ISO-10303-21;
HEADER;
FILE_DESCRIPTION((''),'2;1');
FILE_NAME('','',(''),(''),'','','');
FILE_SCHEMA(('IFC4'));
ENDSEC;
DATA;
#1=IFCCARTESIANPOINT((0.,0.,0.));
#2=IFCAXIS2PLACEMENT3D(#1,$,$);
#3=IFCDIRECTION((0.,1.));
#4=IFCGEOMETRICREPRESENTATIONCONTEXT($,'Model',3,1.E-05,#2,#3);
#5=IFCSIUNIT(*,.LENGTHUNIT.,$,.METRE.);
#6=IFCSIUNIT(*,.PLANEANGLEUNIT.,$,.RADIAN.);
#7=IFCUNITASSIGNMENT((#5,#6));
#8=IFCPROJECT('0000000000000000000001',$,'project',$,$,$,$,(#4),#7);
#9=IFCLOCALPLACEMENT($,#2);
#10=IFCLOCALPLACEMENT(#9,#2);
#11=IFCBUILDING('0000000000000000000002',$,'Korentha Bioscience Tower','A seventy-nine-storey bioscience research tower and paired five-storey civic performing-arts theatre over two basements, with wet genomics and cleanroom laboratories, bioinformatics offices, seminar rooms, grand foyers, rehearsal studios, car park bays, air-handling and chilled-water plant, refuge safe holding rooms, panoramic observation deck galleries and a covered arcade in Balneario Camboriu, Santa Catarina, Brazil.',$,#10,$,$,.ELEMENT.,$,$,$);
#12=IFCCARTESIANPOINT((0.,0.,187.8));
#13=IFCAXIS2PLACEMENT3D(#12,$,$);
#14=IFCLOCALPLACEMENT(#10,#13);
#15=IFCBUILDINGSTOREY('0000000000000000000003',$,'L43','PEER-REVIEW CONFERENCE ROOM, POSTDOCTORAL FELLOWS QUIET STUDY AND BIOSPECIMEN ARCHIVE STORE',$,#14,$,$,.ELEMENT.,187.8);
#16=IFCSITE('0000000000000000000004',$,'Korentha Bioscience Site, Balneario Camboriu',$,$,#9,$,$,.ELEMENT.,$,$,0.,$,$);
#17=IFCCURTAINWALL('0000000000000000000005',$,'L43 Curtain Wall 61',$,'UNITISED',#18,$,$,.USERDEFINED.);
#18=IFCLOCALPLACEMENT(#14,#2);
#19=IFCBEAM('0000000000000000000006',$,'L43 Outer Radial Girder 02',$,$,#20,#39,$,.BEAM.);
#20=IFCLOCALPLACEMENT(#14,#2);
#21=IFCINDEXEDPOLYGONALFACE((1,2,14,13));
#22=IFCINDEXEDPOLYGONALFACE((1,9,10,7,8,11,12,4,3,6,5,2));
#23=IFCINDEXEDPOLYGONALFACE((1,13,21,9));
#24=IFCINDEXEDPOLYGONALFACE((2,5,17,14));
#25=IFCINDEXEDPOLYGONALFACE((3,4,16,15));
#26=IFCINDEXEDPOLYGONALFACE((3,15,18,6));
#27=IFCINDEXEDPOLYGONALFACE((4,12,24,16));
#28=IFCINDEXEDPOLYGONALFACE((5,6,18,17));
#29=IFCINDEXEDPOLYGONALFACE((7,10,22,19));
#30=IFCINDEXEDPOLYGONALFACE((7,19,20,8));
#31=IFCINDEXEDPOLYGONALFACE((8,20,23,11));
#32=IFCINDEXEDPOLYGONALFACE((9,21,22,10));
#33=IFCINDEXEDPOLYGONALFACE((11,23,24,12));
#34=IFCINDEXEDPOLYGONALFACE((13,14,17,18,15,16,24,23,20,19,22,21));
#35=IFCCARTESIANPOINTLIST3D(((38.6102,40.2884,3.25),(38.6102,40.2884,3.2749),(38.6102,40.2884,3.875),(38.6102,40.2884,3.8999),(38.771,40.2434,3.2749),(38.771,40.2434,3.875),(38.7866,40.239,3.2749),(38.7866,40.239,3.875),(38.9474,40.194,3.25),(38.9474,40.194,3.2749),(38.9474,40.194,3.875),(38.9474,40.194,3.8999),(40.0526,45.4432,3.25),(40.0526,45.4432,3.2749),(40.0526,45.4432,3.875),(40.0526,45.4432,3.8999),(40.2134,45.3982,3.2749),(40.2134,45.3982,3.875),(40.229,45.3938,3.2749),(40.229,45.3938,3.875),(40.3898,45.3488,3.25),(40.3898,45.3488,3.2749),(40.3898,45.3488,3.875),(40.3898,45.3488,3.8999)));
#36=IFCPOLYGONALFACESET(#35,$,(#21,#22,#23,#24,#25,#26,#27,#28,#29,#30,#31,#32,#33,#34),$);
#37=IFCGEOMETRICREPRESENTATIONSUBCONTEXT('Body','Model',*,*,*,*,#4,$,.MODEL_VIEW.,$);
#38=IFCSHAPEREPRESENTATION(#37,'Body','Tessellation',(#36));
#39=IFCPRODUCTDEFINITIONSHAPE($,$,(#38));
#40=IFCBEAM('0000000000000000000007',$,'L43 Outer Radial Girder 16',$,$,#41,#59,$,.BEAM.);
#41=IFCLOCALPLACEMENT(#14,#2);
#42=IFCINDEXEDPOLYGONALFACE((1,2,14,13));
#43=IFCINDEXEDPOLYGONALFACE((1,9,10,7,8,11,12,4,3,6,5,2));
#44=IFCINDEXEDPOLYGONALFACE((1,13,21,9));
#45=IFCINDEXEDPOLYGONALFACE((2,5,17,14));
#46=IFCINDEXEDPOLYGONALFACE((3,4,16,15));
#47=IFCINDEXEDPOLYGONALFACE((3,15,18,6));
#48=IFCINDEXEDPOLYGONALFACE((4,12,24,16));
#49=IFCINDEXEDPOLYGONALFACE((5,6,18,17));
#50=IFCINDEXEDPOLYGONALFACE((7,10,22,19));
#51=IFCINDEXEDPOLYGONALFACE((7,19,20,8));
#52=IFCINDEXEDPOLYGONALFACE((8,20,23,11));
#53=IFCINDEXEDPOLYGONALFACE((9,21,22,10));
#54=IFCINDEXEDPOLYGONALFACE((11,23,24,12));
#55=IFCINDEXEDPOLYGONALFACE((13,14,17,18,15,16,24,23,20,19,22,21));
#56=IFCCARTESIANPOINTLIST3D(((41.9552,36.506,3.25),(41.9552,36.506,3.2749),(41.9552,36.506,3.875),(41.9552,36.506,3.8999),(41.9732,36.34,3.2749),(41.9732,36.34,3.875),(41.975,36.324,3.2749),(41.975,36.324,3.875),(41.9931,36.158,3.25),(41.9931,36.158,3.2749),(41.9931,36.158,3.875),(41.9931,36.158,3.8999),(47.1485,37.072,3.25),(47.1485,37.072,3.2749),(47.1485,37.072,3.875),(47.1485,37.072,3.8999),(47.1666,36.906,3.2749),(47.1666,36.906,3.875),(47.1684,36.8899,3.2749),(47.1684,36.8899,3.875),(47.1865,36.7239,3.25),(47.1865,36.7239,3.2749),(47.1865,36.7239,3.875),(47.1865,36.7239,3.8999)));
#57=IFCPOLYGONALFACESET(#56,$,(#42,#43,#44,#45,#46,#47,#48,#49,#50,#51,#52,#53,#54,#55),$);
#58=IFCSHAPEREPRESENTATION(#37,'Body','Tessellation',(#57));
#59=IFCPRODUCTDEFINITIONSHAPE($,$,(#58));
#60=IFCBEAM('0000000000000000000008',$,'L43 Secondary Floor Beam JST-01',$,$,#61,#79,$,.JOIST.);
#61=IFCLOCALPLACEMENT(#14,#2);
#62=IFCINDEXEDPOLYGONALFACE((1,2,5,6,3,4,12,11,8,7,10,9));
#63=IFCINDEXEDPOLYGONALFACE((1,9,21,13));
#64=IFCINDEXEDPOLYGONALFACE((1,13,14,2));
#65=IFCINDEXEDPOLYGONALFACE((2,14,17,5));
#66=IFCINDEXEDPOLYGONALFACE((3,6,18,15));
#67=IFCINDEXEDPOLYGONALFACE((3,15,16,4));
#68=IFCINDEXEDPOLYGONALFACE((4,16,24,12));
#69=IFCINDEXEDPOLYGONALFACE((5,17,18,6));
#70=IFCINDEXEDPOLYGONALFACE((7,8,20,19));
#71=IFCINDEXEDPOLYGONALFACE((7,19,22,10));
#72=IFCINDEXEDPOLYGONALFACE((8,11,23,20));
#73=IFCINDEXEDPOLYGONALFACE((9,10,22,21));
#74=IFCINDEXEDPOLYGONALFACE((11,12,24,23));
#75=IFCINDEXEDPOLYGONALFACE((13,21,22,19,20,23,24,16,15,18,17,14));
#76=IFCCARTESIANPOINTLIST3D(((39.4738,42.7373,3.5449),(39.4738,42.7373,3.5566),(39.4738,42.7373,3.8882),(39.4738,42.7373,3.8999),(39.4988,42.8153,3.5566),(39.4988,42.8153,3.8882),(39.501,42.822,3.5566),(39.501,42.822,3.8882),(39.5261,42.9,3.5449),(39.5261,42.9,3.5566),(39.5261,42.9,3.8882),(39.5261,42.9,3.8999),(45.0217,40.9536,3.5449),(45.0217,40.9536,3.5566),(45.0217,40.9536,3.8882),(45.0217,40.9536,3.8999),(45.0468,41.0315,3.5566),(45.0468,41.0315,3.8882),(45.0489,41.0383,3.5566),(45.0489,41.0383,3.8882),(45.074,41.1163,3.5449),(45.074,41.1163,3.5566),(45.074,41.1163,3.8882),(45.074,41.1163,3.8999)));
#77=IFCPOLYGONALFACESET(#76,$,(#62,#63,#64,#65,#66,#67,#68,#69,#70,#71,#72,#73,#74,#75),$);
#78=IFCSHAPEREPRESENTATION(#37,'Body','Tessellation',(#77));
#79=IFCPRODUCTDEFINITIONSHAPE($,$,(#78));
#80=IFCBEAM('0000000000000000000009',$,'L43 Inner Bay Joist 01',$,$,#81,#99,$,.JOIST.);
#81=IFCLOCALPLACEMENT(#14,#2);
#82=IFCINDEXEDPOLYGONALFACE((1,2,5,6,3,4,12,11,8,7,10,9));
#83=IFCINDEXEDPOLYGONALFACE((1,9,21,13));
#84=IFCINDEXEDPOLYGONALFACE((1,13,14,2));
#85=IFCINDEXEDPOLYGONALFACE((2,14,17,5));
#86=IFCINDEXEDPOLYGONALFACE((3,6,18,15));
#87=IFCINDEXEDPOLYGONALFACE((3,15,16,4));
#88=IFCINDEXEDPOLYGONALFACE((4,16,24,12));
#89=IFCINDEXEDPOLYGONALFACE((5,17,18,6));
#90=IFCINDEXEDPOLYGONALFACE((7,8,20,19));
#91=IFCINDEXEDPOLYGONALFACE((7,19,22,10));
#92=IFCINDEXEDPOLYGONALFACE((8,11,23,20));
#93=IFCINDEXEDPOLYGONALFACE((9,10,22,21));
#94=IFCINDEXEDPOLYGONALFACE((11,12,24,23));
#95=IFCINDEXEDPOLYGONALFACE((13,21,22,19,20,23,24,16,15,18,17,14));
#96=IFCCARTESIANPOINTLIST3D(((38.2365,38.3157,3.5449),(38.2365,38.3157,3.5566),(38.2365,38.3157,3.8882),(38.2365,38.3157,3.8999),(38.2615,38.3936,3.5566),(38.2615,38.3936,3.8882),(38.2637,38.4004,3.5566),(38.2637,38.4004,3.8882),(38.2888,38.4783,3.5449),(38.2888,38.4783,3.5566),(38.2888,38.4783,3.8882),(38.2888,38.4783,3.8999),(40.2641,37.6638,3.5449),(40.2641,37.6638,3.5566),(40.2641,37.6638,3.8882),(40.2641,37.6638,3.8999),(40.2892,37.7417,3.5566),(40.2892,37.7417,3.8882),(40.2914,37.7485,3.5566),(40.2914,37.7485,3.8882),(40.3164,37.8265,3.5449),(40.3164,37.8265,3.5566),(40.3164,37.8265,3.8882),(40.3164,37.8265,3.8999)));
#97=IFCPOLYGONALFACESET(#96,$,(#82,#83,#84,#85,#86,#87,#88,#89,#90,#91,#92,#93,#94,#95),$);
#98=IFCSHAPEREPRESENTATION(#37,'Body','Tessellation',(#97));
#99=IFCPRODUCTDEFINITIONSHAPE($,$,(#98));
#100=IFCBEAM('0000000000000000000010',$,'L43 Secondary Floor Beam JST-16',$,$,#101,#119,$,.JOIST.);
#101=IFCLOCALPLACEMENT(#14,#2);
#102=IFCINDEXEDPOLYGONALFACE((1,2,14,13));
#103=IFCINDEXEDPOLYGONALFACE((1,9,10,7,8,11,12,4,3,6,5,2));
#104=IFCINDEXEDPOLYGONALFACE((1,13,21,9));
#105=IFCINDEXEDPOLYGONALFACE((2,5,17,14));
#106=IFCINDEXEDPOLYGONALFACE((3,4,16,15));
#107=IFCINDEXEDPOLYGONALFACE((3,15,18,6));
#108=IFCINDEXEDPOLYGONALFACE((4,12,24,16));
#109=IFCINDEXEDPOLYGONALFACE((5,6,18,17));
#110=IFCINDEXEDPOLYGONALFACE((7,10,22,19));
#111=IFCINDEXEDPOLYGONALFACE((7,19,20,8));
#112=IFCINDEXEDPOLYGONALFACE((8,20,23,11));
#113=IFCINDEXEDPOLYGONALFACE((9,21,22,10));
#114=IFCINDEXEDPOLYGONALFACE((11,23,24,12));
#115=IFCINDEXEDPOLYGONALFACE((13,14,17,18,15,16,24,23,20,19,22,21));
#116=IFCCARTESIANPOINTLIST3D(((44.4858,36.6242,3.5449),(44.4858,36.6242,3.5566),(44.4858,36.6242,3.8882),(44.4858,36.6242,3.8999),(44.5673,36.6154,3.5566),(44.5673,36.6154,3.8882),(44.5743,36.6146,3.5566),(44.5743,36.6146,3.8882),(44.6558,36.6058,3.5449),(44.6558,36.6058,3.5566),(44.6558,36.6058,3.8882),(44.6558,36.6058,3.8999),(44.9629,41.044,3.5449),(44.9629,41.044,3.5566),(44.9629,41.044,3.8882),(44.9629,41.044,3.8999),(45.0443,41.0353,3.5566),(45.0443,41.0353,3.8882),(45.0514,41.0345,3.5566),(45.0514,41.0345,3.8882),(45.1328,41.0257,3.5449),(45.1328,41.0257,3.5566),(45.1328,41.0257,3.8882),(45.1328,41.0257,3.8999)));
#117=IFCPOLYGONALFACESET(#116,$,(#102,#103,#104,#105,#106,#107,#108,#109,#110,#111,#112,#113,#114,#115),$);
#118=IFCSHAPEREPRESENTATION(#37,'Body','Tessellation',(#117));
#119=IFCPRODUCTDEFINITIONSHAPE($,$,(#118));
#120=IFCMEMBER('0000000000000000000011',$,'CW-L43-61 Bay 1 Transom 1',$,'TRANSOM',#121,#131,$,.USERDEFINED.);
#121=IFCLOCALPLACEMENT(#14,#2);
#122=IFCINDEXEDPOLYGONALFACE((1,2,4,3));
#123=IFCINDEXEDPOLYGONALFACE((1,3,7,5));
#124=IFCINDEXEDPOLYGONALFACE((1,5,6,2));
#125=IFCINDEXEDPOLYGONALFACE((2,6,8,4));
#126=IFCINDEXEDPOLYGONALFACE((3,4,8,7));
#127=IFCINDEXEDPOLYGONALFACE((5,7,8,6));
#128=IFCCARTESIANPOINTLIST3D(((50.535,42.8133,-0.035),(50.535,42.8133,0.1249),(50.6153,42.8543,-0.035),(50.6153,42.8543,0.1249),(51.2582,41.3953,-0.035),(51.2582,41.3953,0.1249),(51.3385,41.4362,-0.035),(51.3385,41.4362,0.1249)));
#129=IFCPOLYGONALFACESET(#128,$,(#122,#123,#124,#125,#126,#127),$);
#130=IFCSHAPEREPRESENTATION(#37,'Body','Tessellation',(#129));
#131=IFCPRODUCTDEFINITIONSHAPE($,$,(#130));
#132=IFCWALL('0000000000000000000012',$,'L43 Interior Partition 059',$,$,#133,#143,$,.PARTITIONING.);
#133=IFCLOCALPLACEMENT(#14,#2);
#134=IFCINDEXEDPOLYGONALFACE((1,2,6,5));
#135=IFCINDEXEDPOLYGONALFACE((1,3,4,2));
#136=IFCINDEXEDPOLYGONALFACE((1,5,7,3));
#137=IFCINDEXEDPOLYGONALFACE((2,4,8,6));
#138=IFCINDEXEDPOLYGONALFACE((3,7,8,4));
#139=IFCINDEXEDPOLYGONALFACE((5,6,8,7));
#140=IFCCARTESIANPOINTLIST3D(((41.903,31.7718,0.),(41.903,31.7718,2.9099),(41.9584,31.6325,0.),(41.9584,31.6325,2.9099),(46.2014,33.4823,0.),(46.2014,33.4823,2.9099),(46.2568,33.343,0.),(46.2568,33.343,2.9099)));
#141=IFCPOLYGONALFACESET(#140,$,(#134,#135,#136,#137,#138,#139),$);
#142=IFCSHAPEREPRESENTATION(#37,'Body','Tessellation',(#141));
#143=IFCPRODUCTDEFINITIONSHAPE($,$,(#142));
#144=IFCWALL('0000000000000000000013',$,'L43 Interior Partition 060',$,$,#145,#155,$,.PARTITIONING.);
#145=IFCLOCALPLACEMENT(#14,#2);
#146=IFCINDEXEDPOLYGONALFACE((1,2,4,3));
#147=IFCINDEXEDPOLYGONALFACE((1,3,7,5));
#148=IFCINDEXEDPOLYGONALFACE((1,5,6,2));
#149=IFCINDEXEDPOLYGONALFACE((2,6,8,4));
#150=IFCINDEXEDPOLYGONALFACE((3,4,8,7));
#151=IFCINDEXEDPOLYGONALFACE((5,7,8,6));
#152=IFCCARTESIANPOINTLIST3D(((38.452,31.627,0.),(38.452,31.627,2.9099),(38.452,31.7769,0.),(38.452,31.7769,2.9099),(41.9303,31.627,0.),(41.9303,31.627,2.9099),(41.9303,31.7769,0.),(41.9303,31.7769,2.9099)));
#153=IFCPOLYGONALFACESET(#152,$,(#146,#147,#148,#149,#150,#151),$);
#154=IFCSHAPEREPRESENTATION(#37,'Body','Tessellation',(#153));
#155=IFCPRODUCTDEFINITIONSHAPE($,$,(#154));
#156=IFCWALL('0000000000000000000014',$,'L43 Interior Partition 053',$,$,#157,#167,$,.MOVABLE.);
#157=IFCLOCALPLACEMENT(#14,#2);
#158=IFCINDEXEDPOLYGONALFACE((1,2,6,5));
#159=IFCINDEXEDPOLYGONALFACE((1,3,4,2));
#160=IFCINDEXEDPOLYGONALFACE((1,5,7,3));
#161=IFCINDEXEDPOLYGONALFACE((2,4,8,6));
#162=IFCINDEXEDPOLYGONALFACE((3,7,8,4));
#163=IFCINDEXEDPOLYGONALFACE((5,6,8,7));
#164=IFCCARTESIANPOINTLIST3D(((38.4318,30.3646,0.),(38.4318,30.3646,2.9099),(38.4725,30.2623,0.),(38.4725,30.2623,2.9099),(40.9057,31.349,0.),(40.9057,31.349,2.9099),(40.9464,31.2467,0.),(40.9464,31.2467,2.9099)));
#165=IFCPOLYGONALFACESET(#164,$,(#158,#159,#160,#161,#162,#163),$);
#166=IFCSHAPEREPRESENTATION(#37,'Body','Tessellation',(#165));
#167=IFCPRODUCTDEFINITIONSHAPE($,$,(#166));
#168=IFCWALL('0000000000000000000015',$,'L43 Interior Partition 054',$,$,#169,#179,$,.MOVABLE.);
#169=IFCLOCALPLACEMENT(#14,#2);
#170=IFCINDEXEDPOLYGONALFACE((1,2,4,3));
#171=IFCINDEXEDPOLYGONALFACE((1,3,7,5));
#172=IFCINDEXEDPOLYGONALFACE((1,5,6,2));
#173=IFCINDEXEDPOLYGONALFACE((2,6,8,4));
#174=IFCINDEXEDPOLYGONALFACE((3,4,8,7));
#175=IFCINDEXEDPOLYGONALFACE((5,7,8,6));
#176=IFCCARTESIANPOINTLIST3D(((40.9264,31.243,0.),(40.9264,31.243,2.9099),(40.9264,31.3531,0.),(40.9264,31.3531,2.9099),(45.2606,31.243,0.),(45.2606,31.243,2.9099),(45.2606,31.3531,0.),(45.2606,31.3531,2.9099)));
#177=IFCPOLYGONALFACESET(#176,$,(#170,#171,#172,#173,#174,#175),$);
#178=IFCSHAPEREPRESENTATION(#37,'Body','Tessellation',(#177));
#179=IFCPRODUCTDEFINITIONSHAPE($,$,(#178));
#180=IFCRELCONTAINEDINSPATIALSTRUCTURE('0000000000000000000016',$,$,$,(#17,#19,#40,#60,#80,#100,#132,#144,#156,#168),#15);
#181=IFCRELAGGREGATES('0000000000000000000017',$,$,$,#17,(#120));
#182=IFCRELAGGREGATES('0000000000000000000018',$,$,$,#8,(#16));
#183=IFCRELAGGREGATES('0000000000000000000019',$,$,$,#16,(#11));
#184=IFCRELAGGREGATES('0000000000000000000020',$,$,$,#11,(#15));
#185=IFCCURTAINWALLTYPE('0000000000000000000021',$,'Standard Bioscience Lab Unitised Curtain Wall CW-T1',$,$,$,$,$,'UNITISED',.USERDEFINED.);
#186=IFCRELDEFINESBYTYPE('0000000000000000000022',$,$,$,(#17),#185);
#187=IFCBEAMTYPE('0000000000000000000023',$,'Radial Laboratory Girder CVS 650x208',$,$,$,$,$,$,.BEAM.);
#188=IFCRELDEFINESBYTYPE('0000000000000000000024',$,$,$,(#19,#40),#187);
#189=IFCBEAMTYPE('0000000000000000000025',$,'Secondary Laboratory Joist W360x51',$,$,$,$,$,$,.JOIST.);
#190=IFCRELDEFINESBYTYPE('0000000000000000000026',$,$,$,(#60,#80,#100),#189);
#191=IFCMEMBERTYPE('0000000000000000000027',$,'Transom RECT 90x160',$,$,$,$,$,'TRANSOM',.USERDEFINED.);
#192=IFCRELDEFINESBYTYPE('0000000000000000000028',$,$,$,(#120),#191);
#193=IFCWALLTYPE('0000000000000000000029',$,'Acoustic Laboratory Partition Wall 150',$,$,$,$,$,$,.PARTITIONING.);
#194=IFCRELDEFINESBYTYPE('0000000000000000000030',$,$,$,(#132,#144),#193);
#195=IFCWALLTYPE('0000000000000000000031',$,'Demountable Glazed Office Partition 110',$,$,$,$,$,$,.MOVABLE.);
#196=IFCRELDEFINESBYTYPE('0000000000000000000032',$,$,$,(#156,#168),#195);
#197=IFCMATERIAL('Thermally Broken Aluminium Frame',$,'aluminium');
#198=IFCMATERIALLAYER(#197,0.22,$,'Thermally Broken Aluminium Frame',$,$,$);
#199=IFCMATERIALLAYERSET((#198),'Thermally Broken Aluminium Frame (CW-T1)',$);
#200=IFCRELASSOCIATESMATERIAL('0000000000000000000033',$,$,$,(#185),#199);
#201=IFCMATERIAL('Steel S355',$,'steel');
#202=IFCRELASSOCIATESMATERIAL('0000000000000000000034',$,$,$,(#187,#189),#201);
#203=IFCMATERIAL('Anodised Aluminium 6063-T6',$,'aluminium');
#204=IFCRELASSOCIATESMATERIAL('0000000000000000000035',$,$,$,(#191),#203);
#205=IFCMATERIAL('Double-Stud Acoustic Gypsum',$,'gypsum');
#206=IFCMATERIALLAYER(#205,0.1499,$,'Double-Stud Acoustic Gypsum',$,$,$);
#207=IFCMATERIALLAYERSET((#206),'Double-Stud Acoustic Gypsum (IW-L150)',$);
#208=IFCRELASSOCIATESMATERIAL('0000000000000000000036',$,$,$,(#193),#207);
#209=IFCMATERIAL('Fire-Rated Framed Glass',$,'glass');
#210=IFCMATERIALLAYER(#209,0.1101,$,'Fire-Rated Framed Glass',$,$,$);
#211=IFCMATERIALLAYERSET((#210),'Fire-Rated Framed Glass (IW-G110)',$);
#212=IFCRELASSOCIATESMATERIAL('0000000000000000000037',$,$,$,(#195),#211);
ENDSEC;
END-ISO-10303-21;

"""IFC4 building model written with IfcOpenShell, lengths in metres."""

from ifc_helpers import new_model, si_unit, direction, frame, frame_2d, origin, origin_2d, place, context, subcontext, project, spatial, rectangle, i_section, extrude, material, layer, layer_set, material_profile, profile_set, type_object, element, aggregate, save


model = new_model("IFC4")

# Units and contexts
model_context = context("Model", 3, precision=1e-05, world=origin(), true_north=direction((0.0, 1.0)))
body_context = subcontext(model_context, "Body", "Model", "MODEL_VIEW")
ifc_project = project(units=[si_unit("LENGTHUNIT", "METRE"), si_unit("PLANEANGLEUNIT", "RADIAN")], contexts=[model_context])

# Site, building, storey
site_placement = place(None, origin())
site = spatial("IfcSite", under=ifc_project, at=site_placement, Name="Korentha Bioscience Site, Balneario Camboriu", CompositionType="ELEMENT", RefElevation=0.0)
building_placement = place(site_placement, origin())
building = spatial("IfcBuilding", under=site, at=building_placement, Name="Korentha Bioscience Tower", Description="A seventy-nine-storey bioscience research tower and paired five-storey civic performing-arts theatre over two basements, with wet genomics and cleanroom laboratories, bioinformatics offices, seminar rooms, grand foyers, rehearsal studios, car park bays, air-handling and chilled-water plant, refuge safe holding rooms, panoramic observation deck galleries and a covered arcade in Balneario Camboriu, Santa Catarina, Brazil.", CompositionType="ELEMENT")
storey_placement = place(building_placement, frame((0.0, 0.0, 187.8)))
storey = spatial("IfcBuildingStorey", under=building, at=storey_placement, Name="L43", Description="PEER-REVIEW CONFERENCE ROOM, POSTDOCTORAL FELLOWS QUIET STUDY AND BIOSPECIMEN ARCHIVE STORE", CompositionType="ELEMENT", Elevation=187.8)

# Shared definitions
ifc_material_1 = material(Name="Steel S355", Category="steel")

# Curtain wall
ifc_material_2 = material(Name="Thermally Broken Aluminium Frame", Category="aluminium")
ifc_layer_1 = layer(ifc_material_2, 0.22, Name="Thermally Broken Aluminium Frame")
ifc_layer_set_1 = layer_set([ifc_layer_1], Name="Thermally Broken Aluminium Frame (CW-T1)")
curtain_wall_type = type_object("IfcCurtainWallType", Name="Standard Bioscience Lab Unitised Curtain Wall CW-T1", ElementType="UNITISED", PredefinedType="USERDEFINED", material=ifc_layer_set_1)
curtain_wall_placement = place(storey_placement, origin())
curtain_wall = element("IfcCurtainWall", 1, at=curtain_wall_placement, inside=storey, type_object=curtain_wall_type, Name="L43 Curtain Wall 61", ObjectType="UNITISED", PredefinedType="USERDEFINED")
ifc_material_3 = material(Name="Anodised Aluminium 6063-T6", Category="aluminium")

# Beams
ifc_material_profile_1 = material_profile(ifc_material_1, i_section(OverallWidth=0.3501, OverallDepth=0.6499, WebThickness=0.0161, FlangeThickness=0.0249, at=origin_2d()), Name="Steel S355")
ifc_profile_set_1 = profile_set([ifc_material_profile_1], Name="Steel S355 (RB-650)")
beam_type_1 = type_object("IfcBeamType", Name="Radial Laboratory Girder CVS 650x208", PredefinedType="BEAM", material=ifc_profile_set_1)
beam_1_placement = place(storey_placement, frame((38.7788, 40.2412, 3.575), z_axis=(0.269464, 0.96301, 0.0), x_axis=(-0.96301, 0.269464, 0.0)))
element("IfcBeam", 2, at=beam_1_placement, inside=storey, type_object=beam_type_1, Name="L43 Outer Radial Girder 02", PredefinedType="BEAM", context=body_context, shape_type="SweptSolid", body=[
    extrude(i_section(OverallWidth=0.3501, OverallDepth=0.6499, WebThickness=0.0161, FlangeThickness=0.0249, at=origin_2d()), origin(), (0.0, 0.0, 1.0), 5.3528),
])
beam_2_placement = place(storey_placement, frame((41.9741, 36.332, 3.575), z_axis=(0.994115, 0.108328, 0.0), x_axis=(-0.108328, 0.994115, 0.0)))
element("IfcBeam", 3, at=beam_2_placement, inside=storey, type_object=beam_type_1, Name="L43 Outer Radial Girder 16", PredefinedType="BEAM", context=body_context, shape_type="SweptSolid", body=[
    extrude(i_section(OverallWidth=0.3501, OverallDepth=0.6499, WebThickness=0.0161, FlangeThickness=0.0249, at=origin_2d()), origin(), (0.0, 0.0, 1.0), 5.2241),
])
ifc_material_profile_2 = material_profile(ifc_material_1, i_section(OverallWidth=0.1709, OverallDepth=0.355, WebThickness=0.0071, FlangeThickness=0.0117, at=origin_2d()), Name="Steel S355")
ifc_profile_set_2 = profile_set([ifc_material_profile_2], Name="Steel S355 (JB-360)")
beam_type_2 = type_object("IfcBeamType", Name="Secondary Laboratory Joist W360x51", PredefinedType="JOIST", material=ifc_profile_set_2)
beam_3_placement = place(storey_placement, frame((45.0479, 41.0349, 3.7224), z_axis=(-0.952006, 0.30608, 0.0), x_axis=(-0.30608, -0.952006, 0.0)))
element("IfcBeam", 4, at=beam_3_placement, inside=storey, type_object=beam_type_2, Name="L43 Secondary Floor Beam JST-01", PredefinedType="JOIST", context=body_context, shape_type="SweptSolid", body=[
    extrude(i_section(OverallWidth=0.1709, OverallDepth=0.355, WebThickness=0.0071, FlangeThickness=0.0117, at=origin_2d()), origin(), (0.0, 0.0, 1.0), 5.8276),
])
beam_4_placement = place(storey_placement, frame((40.2903, 37.7451, 3.7224), z_axis=(-0.952011, 0.306065, 0.0), x_axis=(-0.306065, -0.952011, 0.0)))
element("IfcBeam", 5, at=beam_4_placement, inside=storey, type_object=beam_type_2, Name="L43 Inner Bay Joist 01", PredefinedType="JOIST", context=body_context, shape_type="SweptSolid", body=[
    extrude(i_section(OverallWidth=0.1709, OverallDepth=0.355, WebThickness=0.0071, FlangeThickness=0.0117, at=origin_2d()), origin(), (0.0, 0.0, 1.0), 2.1299),
])
beam_5_placement = place(storey_placement, frame((44.5708, 36.615, 3.7224), z_axis=(0.107309, 0.994226, 0.0), x_axis=(-0.994226, 0.107309, 0.0)))
element("IfcBeam", 6, at=beam_5_placement, inside=storey, type_object=beam_type_2, Name="L43 Secondary Floor Beam JST-16", PredefinedType="JOIST", context=body_context, shape_type="SweptSolid", body=[
    extrude(i_section(OverallWidth=0.1709, OverallDepth=0.355, WebThickness=0.0071, FlangeThickness=0.0117, at=origin_2d()), origin(), (0.0, 0.0, 1.0), 4.4456),
])

# Member
ifc_material_profile_3 = material_profile(ifc_material_3, rectangle(XDim=0.0901, YDim=0.1599, at=origin_2d()), Name="Anodised Aluminium 6063-T6")
ifc_profile_set_3 = profile_set([ifc_material_profile_3], Name="Anodised Aluminium 6063-T6 (CW-TRN)")
member_type_1 = type_object("IfcMemberType", Name="Transom RECT 90x160", ElementType="TRANSOM", PredefinedType="USERDEFINED", material=ifc_profile_set_3)
member_1_placement = place(storey_placement, frame((51.2983, 41.4158, 0.0449), z_axis=(-0.454316, 0.89084, 0.0), x_axis=(-0.89084, -0.454316, 0.0)))
member_1 = element("IfcMember", 7, at=member_1_placement, type_object=member_type_1, Name="CW-L43-61 Bay 1 Transom 1", ObjectType="TRANSOM", PredefinedType="USERDEFINED", context=body_context, shape_type="SweptSolid", body=[
    extrude(rectangle(XDim=0.0901, YDim=0.1599, at=origin_2d()), origin(), (0.0, 0.0, 1.0), 1.5918),
])
aggregate(curtain_wall, [member_1])

# Walls
ifc_material_4 = material(Name="Double-Stud Acoustic Gypsum", Category="gypsum")
ifc_layer_2 = layer(ifc_material_4, 0.1499, Name="Double-Stud Acoustic Gypsum")
ifc_layer_set_2 = layer_set([ifc_layer_2], Name="Double-Stud Acoustic Gypsum (IW-L150)")
wall_type_1 = type_object("IfcWallType", Name="Acoustic Laboratory Partition Wall 150", PredefinedType="PARTITIONING", material=ifc_layer_set_2)
wall_1_placement = place(storey_placement, frame((46.229, 33.4126, 0.0), z_axis=(0.0, 0.0, 1.0), x_axis=(-0.929138, -0.369734, 0.0)))
element("IfcWall", 8, at=wall_1_placement, inside=storey, type_object=wall_type_1, Name="L43 Interior Partition 059", PredefinedType="PARTITIONING", context=body_context, shape_type="SweptSolid", body=[
    extrude(rectangle(XDim=4.6262, YDim=0.1499, at=frame_2d((2.313, 0.0))), origin(), (0.0, 0.0, 1.0), 2.9099),
])
wall_2_placement = place(storey_placement, frame((41.9304, 31.7019, 0.0), z_axis=(0.0, 0.0, 1.0), x_axis=(-1.0, 0.0, 0.0)))
element("IfcWall", 9, at=wall_2_placement, inside=storey, type_object=wall_type_1, Name="L43 Interior Partition 060", PredefinedType="PARTITIONING", context=body_context, shape_type="SweptSolid", body=[
    extrude(rectangle(XDim=3.4783, YDim=0.1499, at=frame_2d((1.7393, 0.0))), origin(), (0.0, 0.0, 1.0), 2.9099),
])
ifc_material_5 = material(Name="Fire-Rated Framed Glass", Category="glass")
ifc_layer_3 = layer(ifc_material_5, 0.1101, Name="Fire-Rated Framed Glass")
ifc_layer_set_3 = layer_set([ifc_layer_3], Name="Fire-Rated Framed Glass (IW-G110)")
wall_type_2 = type_object("IfcWallType", Name="Demountable Glazed Office Partition 110", PredefinedType="MOVABLE", material=ifc_layer_set_3)
wall_3_placement = place(storey_placement, frame((38.4521, 30.3135, 0.0), z_axis=(0.0, 0.0, 1.0), x_axis=(0.929146, 0.369714, 0.0)))
element("IfcWall", 10, at=wall_3_placement, inside=storey, type_object=wall_type_2, Name="L43 Interior Partition 053", PredefinedType="MOVABLE", context=body_context, shape_type="SweptSolid", body=[
    extrude(rectangle(XDim=2.6626, YDim=0.1101, at=frame_2d((1.3313, 0.0))), origin(), (0.0, 0.0, 1.0), 2.9099),
])
wall_4_placement = place(storey_placement, frame((40.9265, 31.2981, 0.0), z_axis=(0.0, 0.0, 1.0), x_axis=(1.0, 0.0, 0.0)))
element("IfcWall", 11, at=wall_4_placement, inside=storey, type_object=wall_type_2, Name="L43 Interior Partition 054", PredefinedType="MOVABLE", context=body_context, shape_type="SweptSolid", body=[
    extrude(rectangle(XDim=4.3342, YDim=0.1101, at=frame_2d((2.167, 0.0))), origin(), (0.0, 0.0, 1.0), 2.9099),
])

save(model, "model.ifc")
